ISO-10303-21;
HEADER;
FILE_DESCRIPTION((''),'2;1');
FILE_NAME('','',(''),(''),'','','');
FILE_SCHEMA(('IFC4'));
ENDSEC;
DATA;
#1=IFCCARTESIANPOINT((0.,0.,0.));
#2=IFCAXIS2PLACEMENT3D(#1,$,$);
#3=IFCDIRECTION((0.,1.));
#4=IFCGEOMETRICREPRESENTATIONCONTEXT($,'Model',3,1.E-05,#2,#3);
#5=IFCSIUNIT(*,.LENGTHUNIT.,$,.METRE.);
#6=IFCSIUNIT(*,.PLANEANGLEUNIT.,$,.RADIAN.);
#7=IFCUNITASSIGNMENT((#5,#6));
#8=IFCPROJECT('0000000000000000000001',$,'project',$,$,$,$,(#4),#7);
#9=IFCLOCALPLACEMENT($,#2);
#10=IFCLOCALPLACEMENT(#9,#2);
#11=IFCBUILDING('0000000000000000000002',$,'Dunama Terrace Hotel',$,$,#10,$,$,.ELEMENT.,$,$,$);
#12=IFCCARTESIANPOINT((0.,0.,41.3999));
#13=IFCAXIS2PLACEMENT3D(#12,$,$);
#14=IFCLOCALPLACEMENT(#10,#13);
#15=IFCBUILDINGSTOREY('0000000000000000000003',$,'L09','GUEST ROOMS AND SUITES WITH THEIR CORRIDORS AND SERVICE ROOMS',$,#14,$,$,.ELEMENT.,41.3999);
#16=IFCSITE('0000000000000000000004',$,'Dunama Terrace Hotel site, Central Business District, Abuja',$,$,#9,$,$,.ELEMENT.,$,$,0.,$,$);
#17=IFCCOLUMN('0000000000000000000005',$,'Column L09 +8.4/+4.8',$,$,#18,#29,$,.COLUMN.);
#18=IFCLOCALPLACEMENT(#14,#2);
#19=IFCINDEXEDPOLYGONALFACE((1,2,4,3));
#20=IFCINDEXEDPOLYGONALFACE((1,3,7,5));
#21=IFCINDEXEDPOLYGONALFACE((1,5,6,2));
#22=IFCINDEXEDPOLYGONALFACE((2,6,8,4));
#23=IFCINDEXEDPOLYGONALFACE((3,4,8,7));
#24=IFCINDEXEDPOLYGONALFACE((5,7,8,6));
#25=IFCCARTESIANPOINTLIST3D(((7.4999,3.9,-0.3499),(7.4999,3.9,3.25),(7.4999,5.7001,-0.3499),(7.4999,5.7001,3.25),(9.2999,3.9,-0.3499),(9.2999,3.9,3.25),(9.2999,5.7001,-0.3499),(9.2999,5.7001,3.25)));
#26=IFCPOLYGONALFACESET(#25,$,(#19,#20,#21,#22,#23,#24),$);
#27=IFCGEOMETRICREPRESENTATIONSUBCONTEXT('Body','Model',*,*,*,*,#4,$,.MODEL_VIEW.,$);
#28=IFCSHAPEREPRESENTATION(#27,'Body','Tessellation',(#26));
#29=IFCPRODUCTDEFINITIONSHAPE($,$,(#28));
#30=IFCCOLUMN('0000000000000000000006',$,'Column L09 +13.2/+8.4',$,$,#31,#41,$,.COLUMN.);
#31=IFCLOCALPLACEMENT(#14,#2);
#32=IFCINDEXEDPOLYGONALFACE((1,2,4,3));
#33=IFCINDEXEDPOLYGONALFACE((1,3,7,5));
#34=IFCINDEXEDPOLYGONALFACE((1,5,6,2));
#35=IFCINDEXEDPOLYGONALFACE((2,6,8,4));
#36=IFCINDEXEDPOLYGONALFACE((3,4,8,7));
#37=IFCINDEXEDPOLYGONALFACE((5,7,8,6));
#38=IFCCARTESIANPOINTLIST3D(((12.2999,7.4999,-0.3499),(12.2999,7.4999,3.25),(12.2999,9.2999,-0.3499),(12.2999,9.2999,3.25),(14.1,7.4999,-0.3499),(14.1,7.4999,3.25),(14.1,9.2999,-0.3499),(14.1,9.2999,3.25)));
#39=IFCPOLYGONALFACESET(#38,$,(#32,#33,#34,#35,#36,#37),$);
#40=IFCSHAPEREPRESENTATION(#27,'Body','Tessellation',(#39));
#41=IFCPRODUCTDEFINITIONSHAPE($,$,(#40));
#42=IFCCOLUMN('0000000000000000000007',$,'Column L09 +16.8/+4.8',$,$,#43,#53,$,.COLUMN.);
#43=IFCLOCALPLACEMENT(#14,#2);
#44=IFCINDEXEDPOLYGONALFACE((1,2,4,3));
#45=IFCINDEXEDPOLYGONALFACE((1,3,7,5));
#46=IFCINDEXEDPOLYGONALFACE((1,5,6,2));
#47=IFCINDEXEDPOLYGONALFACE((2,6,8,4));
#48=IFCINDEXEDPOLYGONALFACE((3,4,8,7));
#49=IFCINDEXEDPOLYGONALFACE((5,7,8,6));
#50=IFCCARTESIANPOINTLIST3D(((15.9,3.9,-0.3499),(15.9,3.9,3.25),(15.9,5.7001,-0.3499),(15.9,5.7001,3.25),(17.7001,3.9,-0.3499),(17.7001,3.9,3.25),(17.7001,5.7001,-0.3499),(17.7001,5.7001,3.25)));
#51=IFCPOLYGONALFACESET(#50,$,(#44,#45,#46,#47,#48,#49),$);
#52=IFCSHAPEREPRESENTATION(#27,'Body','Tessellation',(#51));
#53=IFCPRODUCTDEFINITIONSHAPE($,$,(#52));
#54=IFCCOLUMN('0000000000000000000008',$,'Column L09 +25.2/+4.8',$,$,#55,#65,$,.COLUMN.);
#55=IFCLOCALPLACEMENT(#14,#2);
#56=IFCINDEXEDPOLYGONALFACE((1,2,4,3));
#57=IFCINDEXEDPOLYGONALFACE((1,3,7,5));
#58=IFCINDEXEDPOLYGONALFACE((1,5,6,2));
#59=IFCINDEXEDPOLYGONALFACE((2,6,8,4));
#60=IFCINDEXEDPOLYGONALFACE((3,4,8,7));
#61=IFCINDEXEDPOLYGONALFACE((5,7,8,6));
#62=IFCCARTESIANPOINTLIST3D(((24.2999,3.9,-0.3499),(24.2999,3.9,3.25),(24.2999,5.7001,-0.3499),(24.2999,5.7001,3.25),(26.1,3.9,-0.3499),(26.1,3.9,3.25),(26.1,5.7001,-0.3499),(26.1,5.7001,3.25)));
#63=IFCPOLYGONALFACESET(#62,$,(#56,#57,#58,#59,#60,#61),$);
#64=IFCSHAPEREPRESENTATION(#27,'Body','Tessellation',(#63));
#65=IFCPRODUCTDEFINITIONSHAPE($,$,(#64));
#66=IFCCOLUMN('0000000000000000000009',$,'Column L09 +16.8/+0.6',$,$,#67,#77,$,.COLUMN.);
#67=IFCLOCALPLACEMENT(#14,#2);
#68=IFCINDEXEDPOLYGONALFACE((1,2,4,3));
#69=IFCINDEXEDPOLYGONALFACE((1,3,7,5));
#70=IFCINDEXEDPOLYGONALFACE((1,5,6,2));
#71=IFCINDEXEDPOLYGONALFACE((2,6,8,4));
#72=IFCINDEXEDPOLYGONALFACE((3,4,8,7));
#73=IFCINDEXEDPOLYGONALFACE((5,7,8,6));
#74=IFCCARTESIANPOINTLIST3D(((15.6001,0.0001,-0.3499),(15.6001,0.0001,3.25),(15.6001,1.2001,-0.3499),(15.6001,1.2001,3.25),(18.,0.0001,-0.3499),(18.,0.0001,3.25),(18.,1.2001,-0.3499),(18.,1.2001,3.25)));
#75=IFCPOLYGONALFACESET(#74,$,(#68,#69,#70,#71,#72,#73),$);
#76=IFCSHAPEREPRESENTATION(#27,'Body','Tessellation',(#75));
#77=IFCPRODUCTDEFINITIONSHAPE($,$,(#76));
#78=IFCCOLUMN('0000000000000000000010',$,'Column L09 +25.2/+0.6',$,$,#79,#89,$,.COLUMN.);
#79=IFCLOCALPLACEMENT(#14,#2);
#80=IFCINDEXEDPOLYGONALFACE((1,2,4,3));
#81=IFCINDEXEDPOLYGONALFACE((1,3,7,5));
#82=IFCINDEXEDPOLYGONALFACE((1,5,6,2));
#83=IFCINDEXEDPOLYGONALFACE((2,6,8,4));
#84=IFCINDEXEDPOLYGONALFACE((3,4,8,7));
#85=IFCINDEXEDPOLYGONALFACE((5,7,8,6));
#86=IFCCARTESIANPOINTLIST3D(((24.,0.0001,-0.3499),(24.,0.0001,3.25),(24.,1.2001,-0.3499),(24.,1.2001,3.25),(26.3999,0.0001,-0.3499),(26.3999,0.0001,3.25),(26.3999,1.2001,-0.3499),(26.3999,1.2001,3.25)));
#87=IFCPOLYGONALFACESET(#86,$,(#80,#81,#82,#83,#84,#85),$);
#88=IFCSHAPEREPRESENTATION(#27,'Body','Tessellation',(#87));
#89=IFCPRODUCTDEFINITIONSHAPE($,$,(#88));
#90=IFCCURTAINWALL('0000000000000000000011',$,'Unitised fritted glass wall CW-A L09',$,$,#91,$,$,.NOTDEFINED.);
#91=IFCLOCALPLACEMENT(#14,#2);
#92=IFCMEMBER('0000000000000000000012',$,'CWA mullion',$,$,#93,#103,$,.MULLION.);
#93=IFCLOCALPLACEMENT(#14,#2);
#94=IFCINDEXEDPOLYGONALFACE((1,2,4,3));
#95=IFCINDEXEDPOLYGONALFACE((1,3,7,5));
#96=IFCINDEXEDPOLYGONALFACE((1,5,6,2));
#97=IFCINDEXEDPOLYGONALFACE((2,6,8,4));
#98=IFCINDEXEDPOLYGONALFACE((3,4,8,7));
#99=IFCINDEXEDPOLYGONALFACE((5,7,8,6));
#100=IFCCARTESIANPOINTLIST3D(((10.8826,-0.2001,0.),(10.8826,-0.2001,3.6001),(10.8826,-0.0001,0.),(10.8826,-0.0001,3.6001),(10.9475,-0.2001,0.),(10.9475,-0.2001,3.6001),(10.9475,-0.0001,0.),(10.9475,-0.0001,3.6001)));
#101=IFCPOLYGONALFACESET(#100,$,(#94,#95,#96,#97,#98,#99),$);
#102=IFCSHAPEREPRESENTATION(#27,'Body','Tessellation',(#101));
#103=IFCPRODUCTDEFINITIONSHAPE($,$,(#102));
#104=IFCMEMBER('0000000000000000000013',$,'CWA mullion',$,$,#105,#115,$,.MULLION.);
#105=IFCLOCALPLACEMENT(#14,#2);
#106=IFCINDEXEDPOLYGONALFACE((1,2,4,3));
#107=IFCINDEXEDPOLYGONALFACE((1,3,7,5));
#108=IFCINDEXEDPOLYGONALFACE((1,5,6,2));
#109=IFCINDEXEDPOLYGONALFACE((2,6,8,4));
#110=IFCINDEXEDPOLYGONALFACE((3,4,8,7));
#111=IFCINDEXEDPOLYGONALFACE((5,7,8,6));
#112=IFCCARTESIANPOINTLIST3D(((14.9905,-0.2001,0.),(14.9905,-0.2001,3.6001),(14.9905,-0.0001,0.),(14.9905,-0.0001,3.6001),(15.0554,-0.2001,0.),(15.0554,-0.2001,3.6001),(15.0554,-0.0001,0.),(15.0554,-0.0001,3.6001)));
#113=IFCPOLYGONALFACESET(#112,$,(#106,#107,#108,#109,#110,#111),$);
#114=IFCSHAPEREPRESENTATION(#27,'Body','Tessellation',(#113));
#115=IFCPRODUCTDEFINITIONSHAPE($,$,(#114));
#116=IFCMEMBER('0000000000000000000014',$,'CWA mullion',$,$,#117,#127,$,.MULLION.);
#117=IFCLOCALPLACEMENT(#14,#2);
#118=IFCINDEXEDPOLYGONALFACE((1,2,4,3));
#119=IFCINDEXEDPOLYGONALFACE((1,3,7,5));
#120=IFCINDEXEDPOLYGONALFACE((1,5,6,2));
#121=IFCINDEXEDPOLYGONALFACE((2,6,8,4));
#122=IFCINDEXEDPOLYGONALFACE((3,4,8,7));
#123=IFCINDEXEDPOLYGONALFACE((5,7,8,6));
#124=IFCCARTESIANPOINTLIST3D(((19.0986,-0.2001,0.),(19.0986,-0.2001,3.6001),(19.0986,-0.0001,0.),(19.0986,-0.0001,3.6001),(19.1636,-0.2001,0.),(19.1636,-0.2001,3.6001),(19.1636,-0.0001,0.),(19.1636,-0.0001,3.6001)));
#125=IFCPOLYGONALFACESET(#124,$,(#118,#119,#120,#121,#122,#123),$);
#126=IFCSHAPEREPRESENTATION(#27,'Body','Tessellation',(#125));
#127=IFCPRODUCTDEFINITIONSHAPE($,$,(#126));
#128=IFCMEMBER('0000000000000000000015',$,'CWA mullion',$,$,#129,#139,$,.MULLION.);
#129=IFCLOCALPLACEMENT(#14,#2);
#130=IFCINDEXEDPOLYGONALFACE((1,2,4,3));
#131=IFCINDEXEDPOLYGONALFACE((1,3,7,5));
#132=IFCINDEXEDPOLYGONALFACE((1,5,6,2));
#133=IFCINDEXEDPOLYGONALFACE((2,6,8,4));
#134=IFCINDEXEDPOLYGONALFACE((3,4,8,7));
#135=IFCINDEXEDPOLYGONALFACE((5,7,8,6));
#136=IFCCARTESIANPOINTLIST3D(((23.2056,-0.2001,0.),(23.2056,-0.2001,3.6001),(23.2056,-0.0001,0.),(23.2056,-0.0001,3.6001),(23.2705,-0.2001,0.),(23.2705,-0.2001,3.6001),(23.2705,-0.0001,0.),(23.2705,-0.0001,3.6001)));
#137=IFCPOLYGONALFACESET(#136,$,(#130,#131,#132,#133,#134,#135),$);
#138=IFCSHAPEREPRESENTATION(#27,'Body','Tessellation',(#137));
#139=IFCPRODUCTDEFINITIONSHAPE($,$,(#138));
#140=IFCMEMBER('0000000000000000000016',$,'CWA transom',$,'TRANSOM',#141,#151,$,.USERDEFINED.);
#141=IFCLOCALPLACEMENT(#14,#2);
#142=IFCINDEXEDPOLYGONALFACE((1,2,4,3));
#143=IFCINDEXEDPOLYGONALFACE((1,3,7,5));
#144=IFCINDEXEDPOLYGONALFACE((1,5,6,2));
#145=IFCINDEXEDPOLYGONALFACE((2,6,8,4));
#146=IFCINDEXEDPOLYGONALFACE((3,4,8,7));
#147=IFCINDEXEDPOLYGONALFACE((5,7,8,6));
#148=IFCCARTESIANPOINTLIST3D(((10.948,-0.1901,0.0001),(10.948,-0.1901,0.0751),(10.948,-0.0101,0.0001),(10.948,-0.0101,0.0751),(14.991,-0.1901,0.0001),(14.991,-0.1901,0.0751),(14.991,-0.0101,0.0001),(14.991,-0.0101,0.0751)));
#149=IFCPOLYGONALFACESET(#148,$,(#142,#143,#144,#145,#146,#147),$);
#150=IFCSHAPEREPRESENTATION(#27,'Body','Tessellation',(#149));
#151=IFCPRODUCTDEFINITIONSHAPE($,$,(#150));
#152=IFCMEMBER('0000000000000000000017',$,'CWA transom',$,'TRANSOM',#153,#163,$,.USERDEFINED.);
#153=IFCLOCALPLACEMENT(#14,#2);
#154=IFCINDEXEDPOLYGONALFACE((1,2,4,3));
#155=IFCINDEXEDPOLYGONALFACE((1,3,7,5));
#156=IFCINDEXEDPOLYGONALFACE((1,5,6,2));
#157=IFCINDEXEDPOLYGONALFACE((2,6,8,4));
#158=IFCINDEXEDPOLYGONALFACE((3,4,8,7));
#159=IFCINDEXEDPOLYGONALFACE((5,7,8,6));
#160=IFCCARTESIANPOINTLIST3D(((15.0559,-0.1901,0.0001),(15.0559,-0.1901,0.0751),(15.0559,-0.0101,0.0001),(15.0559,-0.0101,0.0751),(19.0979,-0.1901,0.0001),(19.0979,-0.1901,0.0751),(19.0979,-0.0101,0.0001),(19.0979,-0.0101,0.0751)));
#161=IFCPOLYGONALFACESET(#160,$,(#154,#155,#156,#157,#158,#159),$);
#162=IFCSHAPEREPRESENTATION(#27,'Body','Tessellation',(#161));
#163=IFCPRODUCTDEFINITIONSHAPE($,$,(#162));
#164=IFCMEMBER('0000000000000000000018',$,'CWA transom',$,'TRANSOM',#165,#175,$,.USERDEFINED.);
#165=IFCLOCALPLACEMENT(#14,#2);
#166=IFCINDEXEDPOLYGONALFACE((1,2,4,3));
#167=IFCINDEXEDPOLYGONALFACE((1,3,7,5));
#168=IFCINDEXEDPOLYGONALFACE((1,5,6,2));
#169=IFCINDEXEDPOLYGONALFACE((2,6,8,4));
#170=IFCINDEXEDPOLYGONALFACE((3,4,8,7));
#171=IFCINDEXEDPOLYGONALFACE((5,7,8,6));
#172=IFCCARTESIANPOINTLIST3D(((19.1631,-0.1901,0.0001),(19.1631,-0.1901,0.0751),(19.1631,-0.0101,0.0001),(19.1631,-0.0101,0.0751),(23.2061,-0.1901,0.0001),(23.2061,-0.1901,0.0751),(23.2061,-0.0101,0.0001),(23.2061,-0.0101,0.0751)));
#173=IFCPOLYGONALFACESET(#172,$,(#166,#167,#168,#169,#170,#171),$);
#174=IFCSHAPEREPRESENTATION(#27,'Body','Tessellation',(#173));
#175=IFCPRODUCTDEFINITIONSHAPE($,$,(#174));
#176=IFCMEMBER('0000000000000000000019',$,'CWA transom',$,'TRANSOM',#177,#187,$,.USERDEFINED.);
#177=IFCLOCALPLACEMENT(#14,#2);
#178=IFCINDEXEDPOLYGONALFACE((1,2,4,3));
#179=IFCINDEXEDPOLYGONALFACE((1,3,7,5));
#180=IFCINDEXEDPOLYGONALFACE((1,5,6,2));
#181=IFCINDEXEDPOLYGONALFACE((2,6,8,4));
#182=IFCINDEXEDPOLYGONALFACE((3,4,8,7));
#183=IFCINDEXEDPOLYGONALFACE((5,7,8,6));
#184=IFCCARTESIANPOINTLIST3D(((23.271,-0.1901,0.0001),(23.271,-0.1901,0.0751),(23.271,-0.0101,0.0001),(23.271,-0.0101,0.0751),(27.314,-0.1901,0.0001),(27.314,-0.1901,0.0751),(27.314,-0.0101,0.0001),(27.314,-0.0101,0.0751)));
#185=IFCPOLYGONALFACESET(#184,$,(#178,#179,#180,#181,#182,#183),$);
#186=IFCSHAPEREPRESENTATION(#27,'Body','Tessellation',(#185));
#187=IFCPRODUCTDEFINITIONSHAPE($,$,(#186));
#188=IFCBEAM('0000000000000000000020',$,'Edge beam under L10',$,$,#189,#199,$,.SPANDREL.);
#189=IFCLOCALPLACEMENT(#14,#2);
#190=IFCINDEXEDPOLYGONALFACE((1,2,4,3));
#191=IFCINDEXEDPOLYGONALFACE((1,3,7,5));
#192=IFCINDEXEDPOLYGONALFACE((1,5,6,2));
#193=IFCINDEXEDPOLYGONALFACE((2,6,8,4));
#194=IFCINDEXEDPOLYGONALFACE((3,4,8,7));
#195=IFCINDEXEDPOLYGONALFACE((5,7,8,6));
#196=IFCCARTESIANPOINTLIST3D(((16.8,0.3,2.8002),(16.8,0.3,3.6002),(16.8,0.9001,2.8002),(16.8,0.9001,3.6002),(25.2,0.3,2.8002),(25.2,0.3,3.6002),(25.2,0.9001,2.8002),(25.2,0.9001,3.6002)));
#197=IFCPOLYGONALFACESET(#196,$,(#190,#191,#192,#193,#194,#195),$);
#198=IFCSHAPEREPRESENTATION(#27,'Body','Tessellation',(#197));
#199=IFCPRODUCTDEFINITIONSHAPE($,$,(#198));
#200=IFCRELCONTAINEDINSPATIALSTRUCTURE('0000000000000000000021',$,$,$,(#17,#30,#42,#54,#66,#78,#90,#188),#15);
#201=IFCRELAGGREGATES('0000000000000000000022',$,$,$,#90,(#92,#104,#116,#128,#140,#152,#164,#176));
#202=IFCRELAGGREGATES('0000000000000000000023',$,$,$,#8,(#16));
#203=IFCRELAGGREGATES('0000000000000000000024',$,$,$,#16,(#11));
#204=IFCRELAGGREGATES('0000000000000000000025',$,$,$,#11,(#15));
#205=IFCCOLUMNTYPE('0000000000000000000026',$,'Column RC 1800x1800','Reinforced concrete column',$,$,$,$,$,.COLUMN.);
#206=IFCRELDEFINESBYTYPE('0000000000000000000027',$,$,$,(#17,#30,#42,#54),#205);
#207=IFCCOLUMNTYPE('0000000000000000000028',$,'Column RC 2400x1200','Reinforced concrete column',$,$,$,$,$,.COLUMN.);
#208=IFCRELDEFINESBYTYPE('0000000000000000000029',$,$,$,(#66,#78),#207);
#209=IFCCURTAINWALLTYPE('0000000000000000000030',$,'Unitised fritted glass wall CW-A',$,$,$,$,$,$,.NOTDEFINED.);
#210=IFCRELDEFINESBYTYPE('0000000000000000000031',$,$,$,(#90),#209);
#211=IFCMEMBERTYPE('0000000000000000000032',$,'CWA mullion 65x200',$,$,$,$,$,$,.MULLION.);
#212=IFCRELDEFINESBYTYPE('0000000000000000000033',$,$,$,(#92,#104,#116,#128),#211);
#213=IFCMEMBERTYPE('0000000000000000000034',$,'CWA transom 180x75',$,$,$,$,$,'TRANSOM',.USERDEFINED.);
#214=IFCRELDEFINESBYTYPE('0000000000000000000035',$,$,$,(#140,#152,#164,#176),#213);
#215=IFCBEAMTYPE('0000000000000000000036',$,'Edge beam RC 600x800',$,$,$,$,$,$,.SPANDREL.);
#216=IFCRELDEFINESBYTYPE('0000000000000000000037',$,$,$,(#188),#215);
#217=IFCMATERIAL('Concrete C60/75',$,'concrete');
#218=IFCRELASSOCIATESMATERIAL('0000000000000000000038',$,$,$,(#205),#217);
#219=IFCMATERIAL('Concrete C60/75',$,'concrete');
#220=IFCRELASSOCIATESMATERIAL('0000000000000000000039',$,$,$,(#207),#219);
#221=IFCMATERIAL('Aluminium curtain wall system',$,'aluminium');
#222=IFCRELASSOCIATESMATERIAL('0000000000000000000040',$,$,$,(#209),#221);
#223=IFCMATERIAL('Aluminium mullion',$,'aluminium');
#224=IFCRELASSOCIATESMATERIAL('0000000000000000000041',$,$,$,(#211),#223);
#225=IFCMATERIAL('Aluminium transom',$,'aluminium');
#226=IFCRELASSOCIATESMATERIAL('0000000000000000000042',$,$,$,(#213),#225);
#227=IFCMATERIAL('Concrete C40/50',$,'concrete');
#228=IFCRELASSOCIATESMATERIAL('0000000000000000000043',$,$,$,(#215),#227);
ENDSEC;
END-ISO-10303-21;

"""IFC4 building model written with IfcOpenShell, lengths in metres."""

from ifc_helpers import new_model, si_unit, direction, frame, origin, origin_2d, place, context, subcontext, project, spatial, rectangle, extrude, material, material_profile, profile_set, type_object, element, aggregate, save


model = new_model("IFC4")

# Units and contexts
model_context = context("Model", 3, precision=1e-05, world=origin(), true_north=direction((0.0, 1.0)))
body_context = subcontext(model_context, "Body", "Model", "MODEL_VIEW")
ifc_project = project(units=[si_unit("LENGTHUNIT", "METRE"), si_unit("PLANEANGLEUNIT", "RADIAN")], contexts=[model_context])

# Site, building, storey
site_placement = place(None, origin())
site = spatial("IfcSite", under=ifc_project, at=site_placement, Name="Dunama Terrace Hotel site, Central Business District, Abuja", CompositionType="ELEMENT", RefElevation=0.0)
building_placement = place(site_placement, origin())
building = spatial("IfcBuilding", under=site, at=building_placement, Name="Dunama Terrace Hotel", CompositionType="ELEMENT")
storey_placement = place(building_placement, frame((0.0, 0.0, 41.3999)))
storey = spatial("IfcBuildingStorey", under=building, at=storey_placement, Name="L09", Description="GUEST ROOMS AND SUITES WITH THEIR CORRIDORS AND SERVICE ROOMS", CompositionType="ELEMENT", Elevation=41.3999)

# Columns
ifc_material_1 = material(Name="Concrete C60/75", Category="concrete")
ifc_material_profile_1 = material_profile(ifc_material_1, rectangle(XDim=1.8, YDim=1.8, at=origin_2d()), Name="RC 1800x1800")
ifc_profile_set_1 = profile_set([ifc_material_profile_1], Name="Concrete C60/75")
column_type_1 = type_object("IfcColumnType", Name="Column RC 1800x1800", Description="Reinforced concrete column", PredefinedType="COLUMN", material=ifc_profile_set_1)
for number, where, z_axis, x_axis, name in (
    (1, (8.3999, 4.8, -0.3499), (0.0, 0.0, 1.0), (1.0, 0.0, 0.0), "Column L09 +8.4/+4.8"),
    (2, (13.2, 8.3999, -0.3499), (0.0, 0.0, 1.0), (1.0, 0.0, 0.0), "Column L09 +13.2/+8.4"),
    (3, (16.8, 4.8, -0.3499), (0.0, 0.0, 1.0), (1.0, 0.0, 0.0), "Column L09 +16.8/+4.8"),
    (4, (25.2, 4.8, -0.3499), (0.0, 0.0, 1.0), (1.0, 0.0, 0.0), "Column L09 +25.2/+4.8"),
):
    element("IfcColumn", number, at=place(storey_placement, frame(where, z_axis=z_axis, x_axis=x_axis)), inside=storey, type_object=column_type_1, Name=name, PredefinedType="COLUMN", context=body_context, shape_type="SweptSolid", body=[
        extrude(rectangle(XDim=1.8, YDim=1.8, at=origin_2d()), origin(), (0.0, 0.0, 1.0), 3.5999),
    ])
ifc_material_2 = material(Name="Concrete C60/75", Category="concrete")
ifc_material_profile_2 = material_profile(ifc_material_2, rectangle(XDim=2.3999, YDim=1.2, at=origin_2d()), Name="RC 2400x1200")
ifc_profile_set_2 = profile_set([ifc_material_profile_2], Name="Concrete C60/75")
column_type_2 = type_object("IfcColumnType", Name="Column RC 2400x1200", Description="Reinforced concrete column", PredefinedType="COLUMN", material=ifc_profile_set_2)
for number, where, z_axis, x_axis, name in (
    (5, (16.8, 0.6001, -0.3499), (0.0, 0.0, 1.0), (1.0, 0.0, 0.0), "Column L09 +16.8/+0.6"),
    (6, (25.2, 0.6001, -0.3499), (0.0, 0.0, 1.0), (1.0, 0.0, 0.0), "Column L09 +25.2/+0.6"),
):
    element("IfcColumn", number, at=place(storey_placement, frame(where, z_axis=z_axis, x_axis=x_axis)), inside=storey, type_object=column_type_2, Name=name, PredefinedType="COLUMN", context=body_context, shape_type="SweptSolid", body=[
        extrude(rectangle(XDim=2.3999, YDim=1.2, at=origin_2d()), origin(), (0.0, 0.0, 1.0), 3.5999),
    ])

# Curtain wall, members
ifc_material_3 = material(Name="Aluminium curtain wall system", Category="aluminium")
curtain_wall_type = type_object("IfcCurtainWallType", Name="Unitised fritted glass wall CW-A", PredefinedType="NOTDEFINED", material=ifc_material_3)
curtain_wall_placement = place(storey_placement, origin())
curtain_wall = element("IfcCurtainWall", 7, at=curtain_wall_placement, inside=storey, type_object=curtain_wall_type, Name="Unitised fritted glass wall CW-A L09", PredefinedType="NOTDEFINED")
ifc_material_4 = material(Name="Aluminium mullion", Category="aluminium")
ifc_material_profile_3 = material_profile(ifc_material_4, rectangle(XDim=0.0649, YDim=0.2, at=origin_2d()), Name="CWA MULLION 65X200")
ifc_profile_set_3 = profile_set([ifc_material_profile_3], Name="Aluminium mullion")
member_type_1 = type_object("IfcMemberType", Name="CWA mullion 65x200", PredefinedType="MULLION", material=ifc_profile_set_3)
member_1_placement = place(storey_placement, frame((10.915, -0.1001, 0.0), z_axis=(0.0, 0.0, 1.0), x_axis=(1.0, 0.0, 0.0)))
member_1 = element("IfcMember", 8, at=member_1_placement, type_object=member_type_1, Name="CWA mullion", PredefinedType="MULLION", context=body_context, shape_type="SweptSolid", body=[
    extrude(rectangle(XDim=0.0649, YDim=0.2, at=origin_2d()), origin(), (0.0, 0.0, 1.0), 3.6001),
])
member_2_placement = place(storey_placement, frame((15.0229, -0.1001, 0.0), z_axis=(0.0, 0.0, 1.0), x_axis=(1.0, 0.0, 0.0)))
member_2 = element("IfcMember", 9, at=member_2_placement, type_object=member_type_1, Name="CWA mullion", PredefinedType="MULLION", context=body_context, shape_type="SweptSolid", body=[
    extrude(rectangle(XDim=0.0649, YDim=0.2, at=origin_2d()), origin(), (0.0, 0.0, 1.0), 3.6001),
])
member_3_placement = place(storey_placement, frame((19.1311, -0.1001, 0.0), z_axis=(0.0, 0.0, 1.0), x_axis=(1.0, 0.0, 0.0)))
member_3 = element("IfcMember", 10, at=member_3_placement, type_object=member_type_1, Name="CWA mullion", PredefinedType="MULLION", context=body_context, shape_type="SweptSolid", body=[
    extrude(rectangle(XDim=0.0649, YDim=0.2, at=origin_2d()), origin(), (0.0, 0.0, 1.0), 3.6001),
])
member_4_placement = place(storey_placement, frame((23.238, -0.1001, 0.0), z_axis=(0.0, 0.0, 1.0), x_axis=(1.0, 0.0, 0.0)))
member_4 = element("IfcMember", 11, at=member_4_placement, type_object=member_type_1, Name="CWA mullion", PredefinedType="MULLION", context=body_context, shape_type="SweptSolid", body=[
    extrude(rectangle(XDim=0.0649, YDim=0.2, at=origin_2d()), origin(), (0.0, 0.0, 1.0), 3.6001),
])
ifc_material_5 = material(Name="Aluminium transom", Category="aluminium")
ifc_material_profile_4 = material_profile(ifc_material_5, rectangle(XDim=0.1799, YDim=0.075, at=origin_2d()), Name="CWA TRANSOM 180X75")
ifc_profile_set_4 = profile_set([ifc_material_profile_4], Name="Aluminium transom")
member_type_2 = type_object("IfcMemberType", Name="CWA transom 180x75", ElementType="TRANSOM", PredefinedType="USERDEFINED", material=ifc_profile_set_4)
member_5_placement = place(storey_placement, frame((10.948, -0.1001, 0.0376), z_axis=(1.0, 0.0, 0.0), x_axis=(0.0, 1.0, 0.0)))
member_5 = element("IfcMember", 12, at=member_5_placement, type_object=member_type_2, Name="CWA transom", ObjectType="TRANSOM", PredefinedType="USERDEFINED", context=body_context, shape_type="SweptSolid", body=[
    extrude(rectangle(XDim=0.1799, YDim=0.075, at=origin_2d()), origin(), (0.0, 0.0, 1.0), 4.043),
])
member_6_placement = place(storey_placement, frame((15.0559, -0.1001, 0.0376), z_axis=(1.0, 0.0, 0.0), x_axis=(0.0, 1.0, 0.0)))
member_6 = element("IfcMember", 13, at=member_6_placement, type_object=member_type_2, Name="CWA transom", ObjectType="TRANSOM", PredefinedType="USERDEFINED", context=body_context, shape_type="SweptSolid", body=[
    extrude(rectangle(XDim=0.1799, YDim=0.075, at=origin_2d()), origin(), (0.0, 0.0, 1.0), 4.042),
])
member_7_placement = place(storey_placement, frame((19.1631, -0.1001, 0.0376), z_axis=(1.0, 0.0, 0.0), x_axis=(0.0, 1.0, 0.0)))
member_7 = element("IfcMember", 14, at=member_7_placement, type_object=member_type_2, Name="CWA transom", ObjectType="TRANSOM", PredefinedType="USERDEFINED", context=body_context, shape_type="SweptSolid", body=[
    extrude(rectangle(XDim=0.1799, YDim=0.075, at=origin_2d()), origin(), (0.0, 0.0, 1.0), 4.043),
])
member_8_placement = place(storey_placement, frame((23.271, -0.1001, 0.0376), z_axis=(1.0, 0.0, 0.0), x_axis=(0.0, 1.0, 0.0)))
member_8 = element("IfcMember", 15, at=member_8_placement, type_object=member_type_2, Name="CWA transom", ObjectType="TRANSOM", PredefinedType="USERDEFINED", context=body_context, shape_type="SweptSolid", body=[
    extrude(rectangle(XDim=0.1799, YDim=0.075, at=origin_2d()), origin(), (0.0, 0.0, 1.0), 4.043),
])

# Beam
ifc_material_6 = material(Name="Concrete C40/50", Category="concrete")
ifc_material_profile_5 = material_profile(ifc_material_6, rectangle(XDim=0.6001, YDim=0.8, at=origin_2d()), Name="RC 600x800")
ifc_profile_set_5 = profile_set([ifc_material_profile_5], Name="Concrete C40/50")
beam_type = type_object("IfcBeamType", Name="Edge beam RC 600x800", PredefinedType="SPANDREL", material=ifc_profile_set_5)
beam_1_placement = place(storey_placement, frame((16.8, 0.6001, 3.2002), z_axis=(1.0, 0.0, 0.0), x_axis=(0.0, 1.0, 0.0)))
element("IfcBeam", 16, at=beam_1_placement, inside=storey, type_object=beam_type, Name="Edge beam under L10", PredefinedType="SPANDREL", context=body_context, shape_type="SweptSolid", body=[
    extrude(rectangle(XDim=0.6001, YDim=0.8, at=origin_2d()), origin(), (0.0, 0.0, 1.0), 8.3999),
])

aggregate(curtain_wall, [member_1, member_2, member_3, member_4, member_5, member_6, member_7, member_8])

save(model, "model.ifc")
